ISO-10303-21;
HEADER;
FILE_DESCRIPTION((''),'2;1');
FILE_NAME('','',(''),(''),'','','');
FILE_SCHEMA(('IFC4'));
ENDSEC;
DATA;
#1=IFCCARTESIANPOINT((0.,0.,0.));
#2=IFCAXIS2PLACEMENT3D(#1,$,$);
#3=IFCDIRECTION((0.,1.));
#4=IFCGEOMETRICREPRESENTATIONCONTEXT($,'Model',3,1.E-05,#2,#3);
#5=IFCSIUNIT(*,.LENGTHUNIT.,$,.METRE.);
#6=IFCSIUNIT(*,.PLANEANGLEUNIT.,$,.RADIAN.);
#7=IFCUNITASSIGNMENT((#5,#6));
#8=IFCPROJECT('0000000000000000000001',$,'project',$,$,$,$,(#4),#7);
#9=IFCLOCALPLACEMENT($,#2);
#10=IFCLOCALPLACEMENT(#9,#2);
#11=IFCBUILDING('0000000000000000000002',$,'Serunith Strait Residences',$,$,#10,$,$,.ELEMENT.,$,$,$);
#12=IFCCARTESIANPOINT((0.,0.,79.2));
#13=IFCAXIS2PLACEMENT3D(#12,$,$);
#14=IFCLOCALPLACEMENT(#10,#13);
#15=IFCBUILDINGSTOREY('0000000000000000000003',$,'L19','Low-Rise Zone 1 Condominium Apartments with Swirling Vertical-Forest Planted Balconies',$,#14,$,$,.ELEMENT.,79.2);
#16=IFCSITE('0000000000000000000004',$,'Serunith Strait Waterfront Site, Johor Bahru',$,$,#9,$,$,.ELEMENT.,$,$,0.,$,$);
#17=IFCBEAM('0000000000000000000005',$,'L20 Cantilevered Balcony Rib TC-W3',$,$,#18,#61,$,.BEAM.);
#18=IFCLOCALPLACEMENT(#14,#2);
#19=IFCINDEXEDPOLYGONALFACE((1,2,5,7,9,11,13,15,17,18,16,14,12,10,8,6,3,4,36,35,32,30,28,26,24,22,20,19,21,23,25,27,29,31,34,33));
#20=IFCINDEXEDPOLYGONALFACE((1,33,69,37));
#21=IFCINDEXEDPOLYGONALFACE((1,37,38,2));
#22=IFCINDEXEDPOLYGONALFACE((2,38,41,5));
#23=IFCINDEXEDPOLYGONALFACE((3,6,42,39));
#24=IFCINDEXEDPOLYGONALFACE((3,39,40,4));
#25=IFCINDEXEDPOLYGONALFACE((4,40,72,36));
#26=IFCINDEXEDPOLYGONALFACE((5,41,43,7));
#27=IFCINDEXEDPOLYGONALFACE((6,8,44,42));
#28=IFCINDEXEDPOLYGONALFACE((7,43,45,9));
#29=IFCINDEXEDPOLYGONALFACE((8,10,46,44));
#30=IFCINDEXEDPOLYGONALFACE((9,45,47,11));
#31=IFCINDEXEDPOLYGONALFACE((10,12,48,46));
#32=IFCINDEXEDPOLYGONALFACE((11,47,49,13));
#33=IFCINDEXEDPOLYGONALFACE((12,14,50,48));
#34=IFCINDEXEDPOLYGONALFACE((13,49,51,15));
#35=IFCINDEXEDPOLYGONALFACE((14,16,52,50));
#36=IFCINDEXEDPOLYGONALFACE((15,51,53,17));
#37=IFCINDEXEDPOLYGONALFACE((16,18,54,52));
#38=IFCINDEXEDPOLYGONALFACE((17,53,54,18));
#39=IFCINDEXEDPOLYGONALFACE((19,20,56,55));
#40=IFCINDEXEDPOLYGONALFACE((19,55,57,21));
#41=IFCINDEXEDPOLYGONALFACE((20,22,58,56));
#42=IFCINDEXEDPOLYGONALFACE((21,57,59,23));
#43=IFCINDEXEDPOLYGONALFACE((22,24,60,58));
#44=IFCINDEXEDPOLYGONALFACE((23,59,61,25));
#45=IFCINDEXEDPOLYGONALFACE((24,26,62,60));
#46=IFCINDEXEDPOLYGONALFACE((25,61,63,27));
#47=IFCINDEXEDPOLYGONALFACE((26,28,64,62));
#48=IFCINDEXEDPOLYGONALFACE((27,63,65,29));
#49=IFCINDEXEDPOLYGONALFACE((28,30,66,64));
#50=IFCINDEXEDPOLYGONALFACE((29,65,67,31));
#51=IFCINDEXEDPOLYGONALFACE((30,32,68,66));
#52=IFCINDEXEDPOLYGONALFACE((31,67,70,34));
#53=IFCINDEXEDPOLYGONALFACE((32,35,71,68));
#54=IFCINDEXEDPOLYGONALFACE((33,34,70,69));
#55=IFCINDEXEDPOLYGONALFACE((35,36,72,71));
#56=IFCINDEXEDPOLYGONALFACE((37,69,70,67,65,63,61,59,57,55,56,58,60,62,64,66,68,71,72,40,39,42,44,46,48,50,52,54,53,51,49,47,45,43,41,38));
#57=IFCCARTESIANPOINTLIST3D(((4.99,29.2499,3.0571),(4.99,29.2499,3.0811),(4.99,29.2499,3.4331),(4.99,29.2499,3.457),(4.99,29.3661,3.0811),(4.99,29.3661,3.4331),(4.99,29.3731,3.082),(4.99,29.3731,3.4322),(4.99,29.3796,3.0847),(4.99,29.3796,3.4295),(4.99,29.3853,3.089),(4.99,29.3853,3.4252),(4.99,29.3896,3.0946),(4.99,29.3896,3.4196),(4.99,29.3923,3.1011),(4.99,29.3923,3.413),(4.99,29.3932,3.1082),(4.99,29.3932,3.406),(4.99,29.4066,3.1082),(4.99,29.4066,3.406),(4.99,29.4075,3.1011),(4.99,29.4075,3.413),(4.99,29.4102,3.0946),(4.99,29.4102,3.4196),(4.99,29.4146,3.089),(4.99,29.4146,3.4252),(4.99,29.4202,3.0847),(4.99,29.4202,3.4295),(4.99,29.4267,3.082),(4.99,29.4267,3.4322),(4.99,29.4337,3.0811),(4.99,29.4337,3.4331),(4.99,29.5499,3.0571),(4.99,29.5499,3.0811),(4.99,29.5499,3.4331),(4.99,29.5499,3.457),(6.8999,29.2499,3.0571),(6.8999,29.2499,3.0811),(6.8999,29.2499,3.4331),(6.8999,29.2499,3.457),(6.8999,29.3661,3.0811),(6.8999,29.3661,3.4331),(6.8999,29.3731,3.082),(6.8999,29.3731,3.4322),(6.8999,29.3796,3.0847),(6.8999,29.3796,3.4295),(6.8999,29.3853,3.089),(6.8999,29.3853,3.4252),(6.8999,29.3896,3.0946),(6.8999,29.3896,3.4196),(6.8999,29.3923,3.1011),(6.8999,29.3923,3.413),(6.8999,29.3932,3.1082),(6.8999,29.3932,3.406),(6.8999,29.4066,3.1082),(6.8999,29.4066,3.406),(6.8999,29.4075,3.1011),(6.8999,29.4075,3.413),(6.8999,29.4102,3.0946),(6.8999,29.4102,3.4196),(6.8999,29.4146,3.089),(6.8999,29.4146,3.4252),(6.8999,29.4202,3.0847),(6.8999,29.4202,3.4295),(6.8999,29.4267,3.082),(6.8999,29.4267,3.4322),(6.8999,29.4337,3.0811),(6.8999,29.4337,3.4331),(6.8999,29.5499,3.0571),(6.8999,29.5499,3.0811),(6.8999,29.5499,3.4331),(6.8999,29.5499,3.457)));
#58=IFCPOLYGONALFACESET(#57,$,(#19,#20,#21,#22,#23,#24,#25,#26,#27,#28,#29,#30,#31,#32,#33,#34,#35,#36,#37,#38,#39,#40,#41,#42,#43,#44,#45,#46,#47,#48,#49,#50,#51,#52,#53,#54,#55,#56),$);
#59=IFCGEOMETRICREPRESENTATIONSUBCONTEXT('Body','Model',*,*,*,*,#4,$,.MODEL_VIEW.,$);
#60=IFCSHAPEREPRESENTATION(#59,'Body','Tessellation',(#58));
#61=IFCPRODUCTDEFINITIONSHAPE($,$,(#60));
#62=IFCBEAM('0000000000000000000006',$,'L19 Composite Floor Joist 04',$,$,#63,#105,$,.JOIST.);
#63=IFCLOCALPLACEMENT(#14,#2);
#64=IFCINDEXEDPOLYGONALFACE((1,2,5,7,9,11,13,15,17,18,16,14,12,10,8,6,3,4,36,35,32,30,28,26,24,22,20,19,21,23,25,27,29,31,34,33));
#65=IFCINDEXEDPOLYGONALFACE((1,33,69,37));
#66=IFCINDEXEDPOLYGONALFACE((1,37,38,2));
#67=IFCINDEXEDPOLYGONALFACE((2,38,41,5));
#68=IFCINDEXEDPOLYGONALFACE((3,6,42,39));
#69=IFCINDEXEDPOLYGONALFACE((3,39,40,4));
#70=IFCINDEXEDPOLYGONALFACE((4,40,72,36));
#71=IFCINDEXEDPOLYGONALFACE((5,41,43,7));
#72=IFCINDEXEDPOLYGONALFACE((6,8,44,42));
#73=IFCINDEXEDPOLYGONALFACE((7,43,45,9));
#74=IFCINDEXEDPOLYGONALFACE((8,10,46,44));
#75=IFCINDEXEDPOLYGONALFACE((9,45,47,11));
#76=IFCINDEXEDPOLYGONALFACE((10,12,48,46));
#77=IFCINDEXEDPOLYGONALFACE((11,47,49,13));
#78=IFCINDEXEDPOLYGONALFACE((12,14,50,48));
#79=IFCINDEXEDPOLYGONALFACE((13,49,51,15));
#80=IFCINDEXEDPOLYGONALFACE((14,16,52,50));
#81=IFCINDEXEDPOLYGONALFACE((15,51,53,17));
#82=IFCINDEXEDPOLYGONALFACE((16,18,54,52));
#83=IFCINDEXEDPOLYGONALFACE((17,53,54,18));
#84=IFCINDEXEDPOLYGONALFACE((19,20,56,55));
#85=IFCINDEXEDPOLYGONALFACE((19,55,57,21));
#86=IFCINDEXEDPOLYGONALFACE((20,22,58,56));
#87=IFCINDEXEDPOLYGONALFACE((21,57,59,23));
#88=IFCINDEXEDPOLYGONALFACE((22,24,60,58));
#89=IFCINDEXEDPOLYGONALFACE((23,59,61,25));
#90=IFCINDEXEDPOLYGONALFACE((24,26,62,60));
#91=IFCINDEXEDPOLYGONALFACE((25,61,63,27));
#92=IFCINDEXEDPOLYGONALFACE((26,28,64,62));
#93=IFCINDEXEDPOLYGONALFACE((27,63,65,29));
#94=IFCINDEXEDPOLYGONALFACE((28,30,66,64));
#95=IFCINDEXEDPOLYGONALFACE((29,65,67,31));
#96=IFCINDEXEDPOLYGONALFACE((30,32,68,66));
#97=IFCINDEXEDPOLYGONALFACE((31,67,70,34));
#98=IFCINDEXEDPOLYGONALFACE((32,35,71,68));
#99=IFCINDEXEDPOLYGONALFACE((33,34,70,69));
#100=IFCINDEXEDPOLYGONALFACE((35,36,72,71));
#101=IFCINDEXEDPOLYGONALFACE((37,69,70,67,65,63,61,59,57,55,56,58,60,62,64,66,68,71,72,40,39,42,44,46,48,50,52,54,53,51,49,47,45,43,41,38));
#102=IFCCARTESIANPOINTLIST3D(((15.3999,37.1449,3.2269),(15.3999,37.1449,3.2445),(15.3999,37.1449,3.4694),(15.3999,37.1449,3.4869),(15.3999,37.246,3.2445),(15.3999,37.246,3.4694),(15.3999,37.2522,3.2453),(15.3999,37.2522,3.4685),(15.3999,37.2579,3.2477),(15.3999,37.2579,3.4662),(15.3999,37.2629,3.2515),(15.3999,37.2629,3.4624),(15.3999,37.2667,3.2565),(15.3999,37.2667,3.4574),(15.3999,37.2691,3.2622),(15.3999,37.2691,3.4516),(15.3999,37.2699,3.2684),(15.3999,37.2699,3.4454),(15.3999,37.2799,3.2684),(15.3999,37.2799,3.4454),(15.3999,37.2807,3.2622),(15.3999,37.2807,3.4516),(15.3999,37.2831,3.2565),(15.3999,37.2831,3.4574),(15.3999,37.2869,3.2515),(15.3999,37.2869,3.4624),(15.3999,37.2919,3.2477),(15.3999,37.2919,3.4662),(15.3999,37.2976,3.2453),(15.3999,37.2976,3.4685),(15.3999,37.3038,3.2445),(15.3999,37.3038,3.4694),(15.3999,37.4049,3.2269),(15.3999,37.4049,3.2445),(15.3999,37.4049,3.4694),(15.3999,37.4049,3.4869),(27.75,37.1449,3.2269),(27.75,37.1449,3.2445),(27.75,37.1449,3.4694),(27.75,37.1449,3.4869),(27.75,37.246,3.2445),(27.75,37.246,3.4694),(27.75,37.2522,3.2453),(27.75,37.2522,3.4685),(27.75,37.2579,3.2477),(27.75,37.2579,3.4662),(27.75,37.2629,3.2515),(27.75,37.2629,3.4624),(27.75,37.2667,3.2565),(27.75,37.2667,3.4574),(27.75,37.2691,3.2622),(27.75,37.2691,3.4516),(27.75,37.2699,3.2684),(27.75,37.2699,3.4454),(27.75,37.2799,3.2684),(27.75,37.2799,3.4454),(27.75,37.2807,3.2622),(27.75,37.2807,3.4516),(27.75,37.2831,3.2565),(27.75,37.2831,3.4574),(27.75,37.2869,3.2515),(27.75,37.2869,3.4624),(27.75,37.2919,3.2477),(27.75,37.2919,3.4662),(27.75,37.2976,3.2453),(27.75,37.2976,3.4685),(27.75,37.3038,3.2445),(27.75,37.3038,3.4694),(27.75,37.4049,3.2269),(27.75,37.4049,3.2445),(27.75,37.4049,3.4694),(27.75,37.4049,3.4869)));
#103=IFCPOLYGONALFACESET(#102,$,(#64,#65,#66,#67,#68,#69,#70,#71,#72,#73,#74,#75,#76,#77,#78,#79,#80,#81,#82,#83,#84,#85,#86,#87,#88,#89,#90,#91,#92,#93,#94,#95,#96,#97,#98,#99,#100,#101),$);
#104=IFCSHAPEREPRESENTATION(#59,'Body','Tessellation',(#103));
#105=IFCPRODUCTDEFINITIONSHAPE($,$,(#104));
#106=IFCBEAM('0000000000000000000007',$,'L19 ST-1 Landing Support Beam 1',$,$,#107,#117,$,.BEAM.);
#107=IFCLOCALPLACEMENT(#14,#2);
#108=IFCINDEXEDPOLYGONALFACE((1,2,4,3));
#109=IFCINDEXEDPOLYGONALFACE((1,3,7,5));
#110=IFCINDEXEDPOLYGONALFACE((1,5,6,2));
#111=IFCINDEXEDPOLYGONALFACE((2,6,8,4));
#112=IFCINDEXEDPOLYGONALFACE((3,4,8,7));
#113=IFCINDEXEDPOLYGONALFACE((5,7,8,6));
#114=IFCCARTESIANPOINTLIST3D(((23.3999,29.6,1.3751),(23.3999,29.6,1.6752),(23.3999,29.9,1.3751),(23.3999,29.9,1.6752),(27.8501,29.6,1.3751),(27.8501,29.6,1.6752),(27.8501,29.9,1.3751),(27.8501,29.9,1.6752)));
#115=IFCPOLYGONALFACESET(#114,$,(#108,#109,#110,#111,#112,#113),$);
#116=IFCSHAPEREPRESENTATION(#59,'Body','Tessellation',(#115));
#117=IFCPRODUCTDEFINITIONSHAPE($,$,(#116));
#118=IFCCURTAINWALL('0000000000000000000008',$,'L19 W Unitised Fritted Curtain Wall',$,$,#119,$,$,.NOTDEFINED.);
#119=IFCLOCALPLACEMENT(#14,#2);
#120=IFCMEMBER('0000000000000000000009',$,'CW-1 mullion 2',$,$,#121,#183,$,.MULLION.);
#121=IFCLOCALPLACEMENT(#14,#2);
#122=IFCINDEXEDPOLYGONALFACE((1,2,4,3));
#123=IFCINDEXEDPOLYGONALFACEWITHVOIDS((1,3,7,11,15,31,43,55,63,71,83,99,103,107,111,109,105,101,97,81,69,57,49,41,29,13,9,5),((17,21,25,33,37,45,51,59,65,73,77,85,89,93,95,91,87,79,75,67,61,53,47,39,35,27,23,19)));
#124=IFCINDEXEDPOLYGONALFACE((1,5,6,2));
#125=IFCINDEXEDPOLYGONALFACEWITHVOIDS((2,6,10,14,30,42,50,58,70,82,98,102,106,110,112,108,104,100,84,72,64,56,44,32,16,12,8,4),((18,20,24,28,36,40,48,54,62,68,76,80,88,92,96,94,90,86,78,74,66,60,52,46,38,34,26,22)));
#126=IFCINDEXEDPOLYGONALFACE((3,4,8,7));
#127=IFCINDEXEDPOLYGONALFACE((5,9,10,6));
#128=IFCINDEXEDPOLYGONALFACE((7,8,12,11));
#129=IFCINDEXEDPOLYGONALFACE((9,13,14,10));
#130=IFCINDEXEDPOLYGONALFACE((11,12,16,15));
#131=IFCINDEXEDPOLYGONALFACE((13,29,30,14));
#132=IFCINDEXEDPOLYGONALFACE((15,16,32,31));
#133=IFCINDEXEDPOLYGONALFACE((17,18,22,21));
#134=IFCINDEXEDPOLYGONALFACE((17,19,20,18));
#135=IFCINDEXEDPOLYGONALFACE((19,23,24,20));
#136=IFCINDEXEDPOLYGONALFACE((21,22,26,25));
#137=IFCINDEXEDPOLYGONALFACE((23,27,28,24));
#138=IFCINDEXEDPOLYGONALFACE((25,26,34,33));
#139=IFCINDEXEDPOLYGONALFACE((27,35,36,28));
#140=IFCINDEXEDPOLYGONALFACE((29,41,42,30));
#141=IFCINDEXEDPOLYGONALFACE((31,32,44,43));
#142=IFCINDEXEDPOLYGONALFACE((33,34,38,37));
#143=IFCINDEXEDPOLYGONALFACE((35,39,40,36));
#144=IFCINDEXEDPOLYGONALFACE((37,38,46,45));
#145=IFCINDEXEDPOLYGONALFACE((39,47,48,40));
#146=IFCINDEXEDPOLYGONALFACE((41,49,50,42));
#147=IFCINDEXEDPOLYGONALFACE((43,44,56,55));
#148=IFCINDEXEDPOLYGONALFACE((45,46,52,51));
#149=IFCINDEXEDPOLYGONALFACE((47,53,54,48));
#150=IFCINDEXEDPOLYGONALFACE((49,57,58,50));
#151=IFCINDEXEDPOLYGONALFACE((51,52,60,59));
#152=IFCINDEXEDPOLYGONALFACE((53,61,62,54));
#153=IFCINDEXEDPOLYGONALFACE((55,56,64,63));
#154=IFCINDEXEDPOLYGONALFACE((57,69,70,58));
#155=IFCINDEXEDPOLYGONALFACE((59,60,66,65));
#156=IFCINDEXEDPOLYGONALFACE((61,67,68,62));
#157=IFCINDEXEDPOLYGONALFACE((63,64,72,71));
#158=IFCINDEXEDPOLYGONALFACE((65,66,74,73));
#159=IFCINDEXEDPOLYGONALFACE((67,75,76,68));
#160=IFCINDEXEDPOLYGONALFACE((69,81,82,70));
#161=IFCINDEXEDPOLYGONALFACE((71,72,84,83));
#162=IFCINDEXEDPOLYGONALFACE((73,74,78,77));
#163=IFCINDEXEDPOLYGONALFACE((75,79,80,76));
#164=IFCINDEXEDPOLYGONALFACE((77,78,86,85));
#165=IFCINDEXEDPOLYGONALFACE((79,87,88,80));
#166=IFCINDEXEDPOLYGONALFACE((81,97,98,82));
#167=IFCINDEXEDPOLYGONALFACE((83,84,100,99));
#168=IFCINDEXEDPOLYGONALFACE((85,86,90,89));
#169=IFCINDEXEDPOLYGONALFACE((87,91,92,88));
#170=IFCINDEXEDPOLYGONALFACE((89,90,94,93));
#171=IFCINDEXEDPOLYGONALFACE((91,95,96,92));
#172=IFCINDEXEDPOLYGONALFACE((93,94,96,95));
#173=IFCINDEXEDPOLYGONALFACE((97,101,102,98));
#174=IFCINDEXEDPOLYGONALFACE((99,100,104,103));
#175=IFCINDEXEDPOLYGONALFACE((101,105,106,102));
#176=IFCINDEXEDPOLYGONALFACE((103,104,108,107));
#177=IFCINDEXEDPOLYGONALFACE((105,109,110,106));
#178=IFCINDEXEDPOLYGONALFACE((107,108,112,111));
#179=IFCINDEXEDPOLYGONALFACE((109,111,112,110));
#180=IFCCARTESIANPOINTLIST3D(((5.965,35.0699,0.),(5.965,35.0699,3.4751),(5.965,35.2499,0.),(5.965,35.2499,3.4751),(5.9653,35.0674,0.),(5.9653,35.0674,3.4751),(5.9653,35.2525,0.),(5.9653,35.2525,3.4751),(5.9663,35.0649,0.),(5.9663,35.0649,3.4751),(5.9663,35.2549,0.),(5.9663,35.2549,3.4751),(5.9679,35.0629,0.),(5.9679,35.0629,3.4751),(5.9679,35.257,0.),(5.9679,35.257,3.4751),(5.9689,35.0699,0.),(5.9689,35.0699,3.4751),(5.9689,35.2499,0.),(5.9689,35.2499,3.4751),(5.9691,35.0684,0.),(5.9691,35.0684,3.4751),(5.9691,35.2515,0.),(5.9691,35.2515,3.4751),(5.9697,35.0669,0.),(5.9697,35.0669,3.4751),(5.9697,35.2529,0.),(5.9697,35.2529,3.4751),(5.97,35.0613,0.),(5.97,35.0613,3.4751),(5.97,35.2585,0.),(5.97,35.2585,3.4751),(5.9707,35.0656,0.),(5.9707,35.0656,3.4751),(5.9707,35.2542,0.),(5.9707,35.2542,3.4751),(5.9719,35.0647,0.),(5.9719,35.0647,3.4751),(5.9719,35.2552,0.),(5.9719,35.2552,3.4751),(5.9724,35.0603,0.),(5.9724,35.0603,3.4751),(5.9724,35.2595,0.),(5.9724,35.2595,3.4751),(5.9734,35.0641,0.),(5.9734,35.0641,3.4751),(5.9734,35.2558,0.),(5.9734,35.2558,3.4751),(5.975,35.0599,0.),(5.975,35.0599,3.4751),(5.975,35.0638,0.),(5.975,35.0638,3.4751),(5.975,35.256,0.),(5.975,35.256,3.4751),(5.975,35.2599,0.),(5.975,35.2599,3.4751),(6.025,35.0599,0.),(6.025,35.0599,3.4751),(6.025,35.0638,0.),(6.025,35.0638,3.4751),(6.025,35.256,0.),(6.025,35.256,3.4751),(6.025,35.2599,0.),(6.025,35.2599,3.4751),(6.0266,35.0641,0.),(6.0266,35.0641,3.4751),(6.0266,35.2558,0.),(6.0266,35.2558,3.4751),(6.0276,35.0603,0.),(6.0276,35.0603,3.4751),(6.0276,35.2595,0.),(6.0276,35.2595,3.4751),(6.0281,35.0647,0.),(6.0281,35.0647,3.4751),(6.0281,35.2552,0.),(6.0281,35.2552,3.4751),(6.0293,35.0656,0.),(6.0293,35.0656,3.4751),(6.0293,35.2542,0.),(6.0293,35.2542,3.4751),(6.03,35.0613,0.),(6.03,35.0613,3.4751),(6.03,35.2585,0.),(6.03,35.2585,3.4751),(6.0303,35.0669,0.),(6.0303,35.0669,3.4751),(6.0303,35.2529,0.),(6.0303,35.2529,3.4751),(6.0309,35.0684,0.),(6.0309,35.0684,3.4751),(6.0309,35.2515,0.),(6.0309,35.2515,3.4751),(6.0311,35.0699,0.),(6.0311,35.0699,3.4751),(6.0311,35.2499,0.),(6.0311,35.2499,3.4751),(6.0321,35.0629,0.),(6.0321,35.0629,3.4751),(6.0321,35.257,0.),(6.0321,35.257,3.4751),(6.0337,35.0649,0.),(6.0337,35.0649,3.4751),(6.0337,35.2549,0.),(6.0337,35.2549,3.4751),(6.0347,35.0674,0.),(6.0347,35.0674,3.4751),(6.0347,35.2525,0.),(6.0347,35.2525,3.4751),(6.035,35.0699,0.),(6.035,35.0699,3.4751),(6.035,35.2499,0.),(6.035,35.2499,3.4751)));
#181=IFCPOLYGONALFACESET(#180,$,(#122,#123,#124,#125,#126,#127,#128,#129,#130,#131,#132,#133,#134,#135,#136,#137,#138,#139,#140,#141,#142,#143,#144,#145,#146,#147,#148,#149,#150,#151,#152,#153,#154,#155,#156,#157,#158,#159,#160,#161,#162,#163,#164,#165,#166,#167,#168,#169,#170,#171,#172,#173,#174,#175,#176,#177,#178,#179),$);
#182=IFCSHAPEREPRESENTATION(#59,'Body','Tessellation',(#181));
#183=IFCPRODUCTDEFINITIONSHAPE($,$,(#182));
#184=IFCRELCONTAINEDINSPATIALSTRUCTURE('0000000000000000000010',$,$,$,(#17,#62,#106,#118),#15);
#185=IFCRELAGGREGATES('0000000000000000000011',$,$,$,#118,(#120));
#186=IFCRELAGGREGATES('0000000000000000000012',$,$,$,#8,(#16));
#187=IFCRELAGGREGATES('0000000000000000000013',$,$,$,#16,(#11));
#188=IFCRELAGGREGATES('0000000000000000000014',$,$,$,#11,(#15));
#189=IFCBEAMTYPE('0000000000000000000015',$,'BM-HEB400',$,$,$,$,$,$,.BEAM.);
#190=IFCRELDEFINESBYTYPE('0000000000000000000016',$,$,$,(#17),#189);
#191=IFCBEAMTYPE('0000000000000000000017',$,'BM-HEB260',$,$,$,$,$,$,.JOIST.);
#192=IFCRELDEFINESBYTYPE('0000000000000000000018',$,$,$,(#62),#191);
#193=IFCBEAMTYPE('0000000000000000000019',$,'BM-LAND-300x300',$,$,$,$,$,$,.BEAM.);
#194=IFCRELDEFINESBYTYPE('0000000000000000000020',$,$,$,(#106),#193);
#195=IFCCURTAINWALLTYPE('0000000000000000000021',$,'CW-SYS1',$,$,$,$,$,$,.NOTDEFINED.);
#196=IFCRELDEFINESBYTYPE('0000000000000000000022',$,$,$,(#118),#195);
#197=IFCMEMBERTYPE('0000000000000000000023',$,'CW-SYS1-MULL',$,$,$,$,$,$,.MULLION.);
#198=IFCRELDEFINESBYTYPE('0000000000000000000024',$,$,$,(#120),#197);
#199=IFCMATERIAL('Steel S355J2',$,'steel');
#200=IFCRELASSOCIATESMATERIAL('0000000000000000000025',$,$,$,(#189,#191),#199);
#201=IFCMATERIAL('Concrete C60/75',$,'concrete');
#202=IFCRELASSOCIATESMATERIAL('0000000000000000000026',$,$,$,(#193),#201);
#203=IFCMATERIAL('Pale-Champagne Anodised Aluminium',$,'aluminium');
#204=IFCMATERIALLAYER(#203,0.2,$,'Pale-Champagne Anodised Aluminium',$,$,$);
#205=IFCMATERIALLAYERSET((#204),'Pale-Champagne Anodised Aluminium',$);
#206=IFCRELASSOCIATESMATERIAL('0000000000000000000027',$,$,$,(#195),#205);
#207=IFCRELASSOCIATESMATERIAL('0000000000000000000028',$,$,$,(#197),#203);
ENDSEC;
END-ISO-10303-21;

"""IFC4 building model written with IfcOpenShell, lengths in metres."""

from ifc_helpers import new_model, si_unit, direction, frame, origin, origin_2d, place, context, subcontext, project, spatial, rectangle, hollow_rectangle, i_section, extrude, source, transform, mapped, material, layer, layer_set, material_profile, profile_set, type_object, element, aggregate, save


model = new_model("IFC4")

# Units and contexts
model_context = context("Model", 3, precision=1e-05, world=origin(), true_north=direction((0.0, 1.0)))
body_context = subcontext(model_context, "Body", "Model", "MODEL_VIEW")
ifc_project = project(units=[si_unit("LENGTHUNIT", "METRE"), si_unit("PLANEANGLEUNIT", "RADIAN")], contexts=[model_context])

# Site, building, storey
site_placement = place(None, origin())
site = spatial("IfcSite", under=ifc_project, at=site_placement, Name="Serunith Strait Waterfront Site, Johor Bahru", CompositionType="ELEMENT", RefElevation=0.0)
building_placement = place(site_placement, origin())
building = spatial("IfcBuilding", under=site, at=building_placement, Name="Serunith Strait Residences", CompositionType="ELEMENT")
storey_placement = place(building_placement, frame((0.0, 0.0, 79.2)))
storey = spatial("IfcBuildingStorey", under=building, at=storey_placement, Name="L19", Description="Low-Rise Zone 1 Condominium Apartments with Swirling Vertical-Forest Planted Balconies", CompositionType="ELEMENT", Elevation=79.2)

# Beams
ifc_material_1 = material(Name="Steel S355J2", Category="steel")
ifc_material_profile_1 = material_profile(ifc_material_1, i_section(OverallWidth=0.3, OverallDepth=0.3999, WebThickness=0.0134, FlangeThickness=0.0239, FilletRadius=0.0271, at=origin_2d()), Name="HEB 400")
ifc_profile_set_1 = profile_set([ifc_material_profile_1], Name="Steel S355J2")
beam_type_1 = type_object("IfcBeamType", Name="BM-HEB400", PredefinedType="BEAM", material=ifc_profile_set_1)
shared_shape_1 = source(origin(), body_context, "Body", "SweptSolid", [
    extrude(i_section(OverallWidth=0.3, OverallDepth=0.3999, WebThickness=0.0134, FlangeThickness=0.0239, FilletRadius=0.0271, at=origin_2d()), origin(), (0.0, 0.0, 1.0), 1.9099),
])
beam_1_placement = place(storey_placement, frame((6.8999, 29.3999, 3.2571), z_axis=(-1.0, 0.0, 0.0), x_axis=(0.0, -1.0, 0.0)))
element("IfcBeam", 1, at=beam_1_placement, inside=storey, type_object=beam_type_1, Name="L20 Cantilevered Balcony Rib TC-W3", PredefinedType="BEAM", context=body_context, shape_type="MappedRepresentation", body=[
    mapped(shared_shape_1, transform((0.0, 0.0, 0.0), scale=1.0)),
])
ifc_material_profile_2 = material_profile(ifc_material_1, i_section(OverallWidth=0.26, OverallDepth=0.26, WebThickness=0.01, FlangeThickness=0.0176, FilletRadius=0.0239, at=origin_2d()), Name="HEB 260")
ifc_profile_set_2 = profile_set([ifc_material_profile_2], Name="Steel S355J2")
beam_type_2 = type_object("IfcBeamType", Name="BM-HEB260", PredefinedType="JOIST", material=ifc_profile_set_2)
shared_shape_2 = source(origin(), body_context, "Body", "SweptSolid", [
    extrude(i_section(OverallWidth=0.26, OverallDepth=0.26, WebThickness=0.01, FlangeThickness=0.0176, FilletRadius=0.0239, at=origin_2d()), origin(), (0.0, 0.0, 1.0), 12.3501),
])
beam_2_placement = place(storey_placement, frame((15.3999, 37.2749, 3.3569), z_axis=(1.0, 0.0, 0.0), x_axis=(0.0, 1.0, 0.0)))
element("IfcBeam", 2, at=beam_2_placement, inside=storey, type_object=beam_type_2, Name="L19 Composite Floor Joist 04", PredefinedType="JOIST", context=body_context, shape_type="MappedRepresentation", body=[
    mapped(shared_shape_2, transform((0.0, 0.0, 0.0), scale=1.0)),
])
ifc_material_2 = material(Name="Concrete C60/75", Category="concrete")
ifc_material_profile_3 = material_profile(ifc_material_2, rectangle(XDim=0.3, YDim=0.3, at=origin_2d()), Name="RC 300x300")
ifc_profile_set_3 = profile_set([ifc_material_profile_3], Name="Concrete C60/75")
beam_type_3 = type_object("IfcBeamType", Name="BM-LAND-300x300", PredefinedType="BEAM", material=ifc_profile_set_3)
shared_shape_3 = source(origin(), body_context, "Body", "SweptSolid", [
    extrude(rectangle(XDim=0.3, YDim=0.3, at=origin_2d()), origin(), (0.0, 0.0, 1.0), 4.4502),
])
beam_3_placement = place(storey_placement, frame((23.3999, 29.75, 1.5251), z_axis=(1.0, 0.0, 0.0), x_axis=(0.0, 1.0, 0.0)))
element("IfcBeam", 3, at=beam_3_placement, inside=storey, type_object=beam_type_3, Name="L19 ST-1 Landing Support Beam 1", PredefinedType="BEAM", context=body_context, shape_type="MappedRepresentation", body=[
    mapped(shared_shape_3, transform((0.0, 0.0, 0.0), scale=1.0)),
])

# Curtain wall, member
ifc_material_3 = material(Name="Pale-Champagne Anodised Aluminium", Category="aluminium")
ifc_layer_1 = layer(ifc_material_3, 0.2, Name="Pale-Champagne Anodised Aluminium")
ifc_layer_set_1 = layer_set([ifc_layer_1], Name="Pale-Champagne Anodised Aluminium")
curtain_wall_type = type_object("IfcCurtainWallType", Name="CW-SYS1", PredefinedType="NOTDEFINED", material=ifc_layer_set_1)
curtain_wall_placement = place(storey_placement, origin())
curtain_wall = element("IfcCurtainWall", 4, at=curtain_wall_placement, inside=storey, type_object=curtain_wall_type, Name="L19 W Unitised Fritted Curtain Wall", PredefinedType="NOTDEFINED")
ifc_material_profile_4 = material_profile(ifc_material_3, hollow_rectangle(XDim=0.0701, YDim=0.2, WallThickness=0.0039, InnerFilletRadius=0.0061, OuterFilletRadius=0.01, at=origin_2d()), Name="ALU 200x70x4")
ifc_profile_set_4 = profile_set([ifc_material_profile_4], Name="Pale-Champagne Anodised Aluminium")
member_type_1 = type_object("IfcMemberType", Name="CW-SYS1-MULL", PredefinedType="MULLION", material=ifc_profile_set_4)
shared_shape_4 = source(origin(), body_context, "Body", "SweptSolid", [
    extrude(hollow_rectangle(XDim=0.0701, YDim=0.2, WallThickness=0.0039, InnerFilletRadius=0.0061, OuterFilletRadius=0.01, at=origin_2d()), origin(), (0.0, 0.0, 1.0), 3.4751),
])
member_1_placement = place(storey_placement, frame((6.0, 35.1599, 0.0), z_axis=(0.0, 0.0, 1.0), x_axis=(1.0, 0.0, 0.0)))
member_1 = element("IfcMember", 5, at=member_1_placement, type_object=member_type_1, Name="CW-1 mullion 2", PredefinedType="MULLION", context=body_context, shape_type="MappedRepresentation", body=[
    mapped(shared_shape_4, transform((0.0, 0.0, 0.0), scale=1.0)),
])
aggregate(curtain_wall, [member_1])

save(model, "model.ifc")
